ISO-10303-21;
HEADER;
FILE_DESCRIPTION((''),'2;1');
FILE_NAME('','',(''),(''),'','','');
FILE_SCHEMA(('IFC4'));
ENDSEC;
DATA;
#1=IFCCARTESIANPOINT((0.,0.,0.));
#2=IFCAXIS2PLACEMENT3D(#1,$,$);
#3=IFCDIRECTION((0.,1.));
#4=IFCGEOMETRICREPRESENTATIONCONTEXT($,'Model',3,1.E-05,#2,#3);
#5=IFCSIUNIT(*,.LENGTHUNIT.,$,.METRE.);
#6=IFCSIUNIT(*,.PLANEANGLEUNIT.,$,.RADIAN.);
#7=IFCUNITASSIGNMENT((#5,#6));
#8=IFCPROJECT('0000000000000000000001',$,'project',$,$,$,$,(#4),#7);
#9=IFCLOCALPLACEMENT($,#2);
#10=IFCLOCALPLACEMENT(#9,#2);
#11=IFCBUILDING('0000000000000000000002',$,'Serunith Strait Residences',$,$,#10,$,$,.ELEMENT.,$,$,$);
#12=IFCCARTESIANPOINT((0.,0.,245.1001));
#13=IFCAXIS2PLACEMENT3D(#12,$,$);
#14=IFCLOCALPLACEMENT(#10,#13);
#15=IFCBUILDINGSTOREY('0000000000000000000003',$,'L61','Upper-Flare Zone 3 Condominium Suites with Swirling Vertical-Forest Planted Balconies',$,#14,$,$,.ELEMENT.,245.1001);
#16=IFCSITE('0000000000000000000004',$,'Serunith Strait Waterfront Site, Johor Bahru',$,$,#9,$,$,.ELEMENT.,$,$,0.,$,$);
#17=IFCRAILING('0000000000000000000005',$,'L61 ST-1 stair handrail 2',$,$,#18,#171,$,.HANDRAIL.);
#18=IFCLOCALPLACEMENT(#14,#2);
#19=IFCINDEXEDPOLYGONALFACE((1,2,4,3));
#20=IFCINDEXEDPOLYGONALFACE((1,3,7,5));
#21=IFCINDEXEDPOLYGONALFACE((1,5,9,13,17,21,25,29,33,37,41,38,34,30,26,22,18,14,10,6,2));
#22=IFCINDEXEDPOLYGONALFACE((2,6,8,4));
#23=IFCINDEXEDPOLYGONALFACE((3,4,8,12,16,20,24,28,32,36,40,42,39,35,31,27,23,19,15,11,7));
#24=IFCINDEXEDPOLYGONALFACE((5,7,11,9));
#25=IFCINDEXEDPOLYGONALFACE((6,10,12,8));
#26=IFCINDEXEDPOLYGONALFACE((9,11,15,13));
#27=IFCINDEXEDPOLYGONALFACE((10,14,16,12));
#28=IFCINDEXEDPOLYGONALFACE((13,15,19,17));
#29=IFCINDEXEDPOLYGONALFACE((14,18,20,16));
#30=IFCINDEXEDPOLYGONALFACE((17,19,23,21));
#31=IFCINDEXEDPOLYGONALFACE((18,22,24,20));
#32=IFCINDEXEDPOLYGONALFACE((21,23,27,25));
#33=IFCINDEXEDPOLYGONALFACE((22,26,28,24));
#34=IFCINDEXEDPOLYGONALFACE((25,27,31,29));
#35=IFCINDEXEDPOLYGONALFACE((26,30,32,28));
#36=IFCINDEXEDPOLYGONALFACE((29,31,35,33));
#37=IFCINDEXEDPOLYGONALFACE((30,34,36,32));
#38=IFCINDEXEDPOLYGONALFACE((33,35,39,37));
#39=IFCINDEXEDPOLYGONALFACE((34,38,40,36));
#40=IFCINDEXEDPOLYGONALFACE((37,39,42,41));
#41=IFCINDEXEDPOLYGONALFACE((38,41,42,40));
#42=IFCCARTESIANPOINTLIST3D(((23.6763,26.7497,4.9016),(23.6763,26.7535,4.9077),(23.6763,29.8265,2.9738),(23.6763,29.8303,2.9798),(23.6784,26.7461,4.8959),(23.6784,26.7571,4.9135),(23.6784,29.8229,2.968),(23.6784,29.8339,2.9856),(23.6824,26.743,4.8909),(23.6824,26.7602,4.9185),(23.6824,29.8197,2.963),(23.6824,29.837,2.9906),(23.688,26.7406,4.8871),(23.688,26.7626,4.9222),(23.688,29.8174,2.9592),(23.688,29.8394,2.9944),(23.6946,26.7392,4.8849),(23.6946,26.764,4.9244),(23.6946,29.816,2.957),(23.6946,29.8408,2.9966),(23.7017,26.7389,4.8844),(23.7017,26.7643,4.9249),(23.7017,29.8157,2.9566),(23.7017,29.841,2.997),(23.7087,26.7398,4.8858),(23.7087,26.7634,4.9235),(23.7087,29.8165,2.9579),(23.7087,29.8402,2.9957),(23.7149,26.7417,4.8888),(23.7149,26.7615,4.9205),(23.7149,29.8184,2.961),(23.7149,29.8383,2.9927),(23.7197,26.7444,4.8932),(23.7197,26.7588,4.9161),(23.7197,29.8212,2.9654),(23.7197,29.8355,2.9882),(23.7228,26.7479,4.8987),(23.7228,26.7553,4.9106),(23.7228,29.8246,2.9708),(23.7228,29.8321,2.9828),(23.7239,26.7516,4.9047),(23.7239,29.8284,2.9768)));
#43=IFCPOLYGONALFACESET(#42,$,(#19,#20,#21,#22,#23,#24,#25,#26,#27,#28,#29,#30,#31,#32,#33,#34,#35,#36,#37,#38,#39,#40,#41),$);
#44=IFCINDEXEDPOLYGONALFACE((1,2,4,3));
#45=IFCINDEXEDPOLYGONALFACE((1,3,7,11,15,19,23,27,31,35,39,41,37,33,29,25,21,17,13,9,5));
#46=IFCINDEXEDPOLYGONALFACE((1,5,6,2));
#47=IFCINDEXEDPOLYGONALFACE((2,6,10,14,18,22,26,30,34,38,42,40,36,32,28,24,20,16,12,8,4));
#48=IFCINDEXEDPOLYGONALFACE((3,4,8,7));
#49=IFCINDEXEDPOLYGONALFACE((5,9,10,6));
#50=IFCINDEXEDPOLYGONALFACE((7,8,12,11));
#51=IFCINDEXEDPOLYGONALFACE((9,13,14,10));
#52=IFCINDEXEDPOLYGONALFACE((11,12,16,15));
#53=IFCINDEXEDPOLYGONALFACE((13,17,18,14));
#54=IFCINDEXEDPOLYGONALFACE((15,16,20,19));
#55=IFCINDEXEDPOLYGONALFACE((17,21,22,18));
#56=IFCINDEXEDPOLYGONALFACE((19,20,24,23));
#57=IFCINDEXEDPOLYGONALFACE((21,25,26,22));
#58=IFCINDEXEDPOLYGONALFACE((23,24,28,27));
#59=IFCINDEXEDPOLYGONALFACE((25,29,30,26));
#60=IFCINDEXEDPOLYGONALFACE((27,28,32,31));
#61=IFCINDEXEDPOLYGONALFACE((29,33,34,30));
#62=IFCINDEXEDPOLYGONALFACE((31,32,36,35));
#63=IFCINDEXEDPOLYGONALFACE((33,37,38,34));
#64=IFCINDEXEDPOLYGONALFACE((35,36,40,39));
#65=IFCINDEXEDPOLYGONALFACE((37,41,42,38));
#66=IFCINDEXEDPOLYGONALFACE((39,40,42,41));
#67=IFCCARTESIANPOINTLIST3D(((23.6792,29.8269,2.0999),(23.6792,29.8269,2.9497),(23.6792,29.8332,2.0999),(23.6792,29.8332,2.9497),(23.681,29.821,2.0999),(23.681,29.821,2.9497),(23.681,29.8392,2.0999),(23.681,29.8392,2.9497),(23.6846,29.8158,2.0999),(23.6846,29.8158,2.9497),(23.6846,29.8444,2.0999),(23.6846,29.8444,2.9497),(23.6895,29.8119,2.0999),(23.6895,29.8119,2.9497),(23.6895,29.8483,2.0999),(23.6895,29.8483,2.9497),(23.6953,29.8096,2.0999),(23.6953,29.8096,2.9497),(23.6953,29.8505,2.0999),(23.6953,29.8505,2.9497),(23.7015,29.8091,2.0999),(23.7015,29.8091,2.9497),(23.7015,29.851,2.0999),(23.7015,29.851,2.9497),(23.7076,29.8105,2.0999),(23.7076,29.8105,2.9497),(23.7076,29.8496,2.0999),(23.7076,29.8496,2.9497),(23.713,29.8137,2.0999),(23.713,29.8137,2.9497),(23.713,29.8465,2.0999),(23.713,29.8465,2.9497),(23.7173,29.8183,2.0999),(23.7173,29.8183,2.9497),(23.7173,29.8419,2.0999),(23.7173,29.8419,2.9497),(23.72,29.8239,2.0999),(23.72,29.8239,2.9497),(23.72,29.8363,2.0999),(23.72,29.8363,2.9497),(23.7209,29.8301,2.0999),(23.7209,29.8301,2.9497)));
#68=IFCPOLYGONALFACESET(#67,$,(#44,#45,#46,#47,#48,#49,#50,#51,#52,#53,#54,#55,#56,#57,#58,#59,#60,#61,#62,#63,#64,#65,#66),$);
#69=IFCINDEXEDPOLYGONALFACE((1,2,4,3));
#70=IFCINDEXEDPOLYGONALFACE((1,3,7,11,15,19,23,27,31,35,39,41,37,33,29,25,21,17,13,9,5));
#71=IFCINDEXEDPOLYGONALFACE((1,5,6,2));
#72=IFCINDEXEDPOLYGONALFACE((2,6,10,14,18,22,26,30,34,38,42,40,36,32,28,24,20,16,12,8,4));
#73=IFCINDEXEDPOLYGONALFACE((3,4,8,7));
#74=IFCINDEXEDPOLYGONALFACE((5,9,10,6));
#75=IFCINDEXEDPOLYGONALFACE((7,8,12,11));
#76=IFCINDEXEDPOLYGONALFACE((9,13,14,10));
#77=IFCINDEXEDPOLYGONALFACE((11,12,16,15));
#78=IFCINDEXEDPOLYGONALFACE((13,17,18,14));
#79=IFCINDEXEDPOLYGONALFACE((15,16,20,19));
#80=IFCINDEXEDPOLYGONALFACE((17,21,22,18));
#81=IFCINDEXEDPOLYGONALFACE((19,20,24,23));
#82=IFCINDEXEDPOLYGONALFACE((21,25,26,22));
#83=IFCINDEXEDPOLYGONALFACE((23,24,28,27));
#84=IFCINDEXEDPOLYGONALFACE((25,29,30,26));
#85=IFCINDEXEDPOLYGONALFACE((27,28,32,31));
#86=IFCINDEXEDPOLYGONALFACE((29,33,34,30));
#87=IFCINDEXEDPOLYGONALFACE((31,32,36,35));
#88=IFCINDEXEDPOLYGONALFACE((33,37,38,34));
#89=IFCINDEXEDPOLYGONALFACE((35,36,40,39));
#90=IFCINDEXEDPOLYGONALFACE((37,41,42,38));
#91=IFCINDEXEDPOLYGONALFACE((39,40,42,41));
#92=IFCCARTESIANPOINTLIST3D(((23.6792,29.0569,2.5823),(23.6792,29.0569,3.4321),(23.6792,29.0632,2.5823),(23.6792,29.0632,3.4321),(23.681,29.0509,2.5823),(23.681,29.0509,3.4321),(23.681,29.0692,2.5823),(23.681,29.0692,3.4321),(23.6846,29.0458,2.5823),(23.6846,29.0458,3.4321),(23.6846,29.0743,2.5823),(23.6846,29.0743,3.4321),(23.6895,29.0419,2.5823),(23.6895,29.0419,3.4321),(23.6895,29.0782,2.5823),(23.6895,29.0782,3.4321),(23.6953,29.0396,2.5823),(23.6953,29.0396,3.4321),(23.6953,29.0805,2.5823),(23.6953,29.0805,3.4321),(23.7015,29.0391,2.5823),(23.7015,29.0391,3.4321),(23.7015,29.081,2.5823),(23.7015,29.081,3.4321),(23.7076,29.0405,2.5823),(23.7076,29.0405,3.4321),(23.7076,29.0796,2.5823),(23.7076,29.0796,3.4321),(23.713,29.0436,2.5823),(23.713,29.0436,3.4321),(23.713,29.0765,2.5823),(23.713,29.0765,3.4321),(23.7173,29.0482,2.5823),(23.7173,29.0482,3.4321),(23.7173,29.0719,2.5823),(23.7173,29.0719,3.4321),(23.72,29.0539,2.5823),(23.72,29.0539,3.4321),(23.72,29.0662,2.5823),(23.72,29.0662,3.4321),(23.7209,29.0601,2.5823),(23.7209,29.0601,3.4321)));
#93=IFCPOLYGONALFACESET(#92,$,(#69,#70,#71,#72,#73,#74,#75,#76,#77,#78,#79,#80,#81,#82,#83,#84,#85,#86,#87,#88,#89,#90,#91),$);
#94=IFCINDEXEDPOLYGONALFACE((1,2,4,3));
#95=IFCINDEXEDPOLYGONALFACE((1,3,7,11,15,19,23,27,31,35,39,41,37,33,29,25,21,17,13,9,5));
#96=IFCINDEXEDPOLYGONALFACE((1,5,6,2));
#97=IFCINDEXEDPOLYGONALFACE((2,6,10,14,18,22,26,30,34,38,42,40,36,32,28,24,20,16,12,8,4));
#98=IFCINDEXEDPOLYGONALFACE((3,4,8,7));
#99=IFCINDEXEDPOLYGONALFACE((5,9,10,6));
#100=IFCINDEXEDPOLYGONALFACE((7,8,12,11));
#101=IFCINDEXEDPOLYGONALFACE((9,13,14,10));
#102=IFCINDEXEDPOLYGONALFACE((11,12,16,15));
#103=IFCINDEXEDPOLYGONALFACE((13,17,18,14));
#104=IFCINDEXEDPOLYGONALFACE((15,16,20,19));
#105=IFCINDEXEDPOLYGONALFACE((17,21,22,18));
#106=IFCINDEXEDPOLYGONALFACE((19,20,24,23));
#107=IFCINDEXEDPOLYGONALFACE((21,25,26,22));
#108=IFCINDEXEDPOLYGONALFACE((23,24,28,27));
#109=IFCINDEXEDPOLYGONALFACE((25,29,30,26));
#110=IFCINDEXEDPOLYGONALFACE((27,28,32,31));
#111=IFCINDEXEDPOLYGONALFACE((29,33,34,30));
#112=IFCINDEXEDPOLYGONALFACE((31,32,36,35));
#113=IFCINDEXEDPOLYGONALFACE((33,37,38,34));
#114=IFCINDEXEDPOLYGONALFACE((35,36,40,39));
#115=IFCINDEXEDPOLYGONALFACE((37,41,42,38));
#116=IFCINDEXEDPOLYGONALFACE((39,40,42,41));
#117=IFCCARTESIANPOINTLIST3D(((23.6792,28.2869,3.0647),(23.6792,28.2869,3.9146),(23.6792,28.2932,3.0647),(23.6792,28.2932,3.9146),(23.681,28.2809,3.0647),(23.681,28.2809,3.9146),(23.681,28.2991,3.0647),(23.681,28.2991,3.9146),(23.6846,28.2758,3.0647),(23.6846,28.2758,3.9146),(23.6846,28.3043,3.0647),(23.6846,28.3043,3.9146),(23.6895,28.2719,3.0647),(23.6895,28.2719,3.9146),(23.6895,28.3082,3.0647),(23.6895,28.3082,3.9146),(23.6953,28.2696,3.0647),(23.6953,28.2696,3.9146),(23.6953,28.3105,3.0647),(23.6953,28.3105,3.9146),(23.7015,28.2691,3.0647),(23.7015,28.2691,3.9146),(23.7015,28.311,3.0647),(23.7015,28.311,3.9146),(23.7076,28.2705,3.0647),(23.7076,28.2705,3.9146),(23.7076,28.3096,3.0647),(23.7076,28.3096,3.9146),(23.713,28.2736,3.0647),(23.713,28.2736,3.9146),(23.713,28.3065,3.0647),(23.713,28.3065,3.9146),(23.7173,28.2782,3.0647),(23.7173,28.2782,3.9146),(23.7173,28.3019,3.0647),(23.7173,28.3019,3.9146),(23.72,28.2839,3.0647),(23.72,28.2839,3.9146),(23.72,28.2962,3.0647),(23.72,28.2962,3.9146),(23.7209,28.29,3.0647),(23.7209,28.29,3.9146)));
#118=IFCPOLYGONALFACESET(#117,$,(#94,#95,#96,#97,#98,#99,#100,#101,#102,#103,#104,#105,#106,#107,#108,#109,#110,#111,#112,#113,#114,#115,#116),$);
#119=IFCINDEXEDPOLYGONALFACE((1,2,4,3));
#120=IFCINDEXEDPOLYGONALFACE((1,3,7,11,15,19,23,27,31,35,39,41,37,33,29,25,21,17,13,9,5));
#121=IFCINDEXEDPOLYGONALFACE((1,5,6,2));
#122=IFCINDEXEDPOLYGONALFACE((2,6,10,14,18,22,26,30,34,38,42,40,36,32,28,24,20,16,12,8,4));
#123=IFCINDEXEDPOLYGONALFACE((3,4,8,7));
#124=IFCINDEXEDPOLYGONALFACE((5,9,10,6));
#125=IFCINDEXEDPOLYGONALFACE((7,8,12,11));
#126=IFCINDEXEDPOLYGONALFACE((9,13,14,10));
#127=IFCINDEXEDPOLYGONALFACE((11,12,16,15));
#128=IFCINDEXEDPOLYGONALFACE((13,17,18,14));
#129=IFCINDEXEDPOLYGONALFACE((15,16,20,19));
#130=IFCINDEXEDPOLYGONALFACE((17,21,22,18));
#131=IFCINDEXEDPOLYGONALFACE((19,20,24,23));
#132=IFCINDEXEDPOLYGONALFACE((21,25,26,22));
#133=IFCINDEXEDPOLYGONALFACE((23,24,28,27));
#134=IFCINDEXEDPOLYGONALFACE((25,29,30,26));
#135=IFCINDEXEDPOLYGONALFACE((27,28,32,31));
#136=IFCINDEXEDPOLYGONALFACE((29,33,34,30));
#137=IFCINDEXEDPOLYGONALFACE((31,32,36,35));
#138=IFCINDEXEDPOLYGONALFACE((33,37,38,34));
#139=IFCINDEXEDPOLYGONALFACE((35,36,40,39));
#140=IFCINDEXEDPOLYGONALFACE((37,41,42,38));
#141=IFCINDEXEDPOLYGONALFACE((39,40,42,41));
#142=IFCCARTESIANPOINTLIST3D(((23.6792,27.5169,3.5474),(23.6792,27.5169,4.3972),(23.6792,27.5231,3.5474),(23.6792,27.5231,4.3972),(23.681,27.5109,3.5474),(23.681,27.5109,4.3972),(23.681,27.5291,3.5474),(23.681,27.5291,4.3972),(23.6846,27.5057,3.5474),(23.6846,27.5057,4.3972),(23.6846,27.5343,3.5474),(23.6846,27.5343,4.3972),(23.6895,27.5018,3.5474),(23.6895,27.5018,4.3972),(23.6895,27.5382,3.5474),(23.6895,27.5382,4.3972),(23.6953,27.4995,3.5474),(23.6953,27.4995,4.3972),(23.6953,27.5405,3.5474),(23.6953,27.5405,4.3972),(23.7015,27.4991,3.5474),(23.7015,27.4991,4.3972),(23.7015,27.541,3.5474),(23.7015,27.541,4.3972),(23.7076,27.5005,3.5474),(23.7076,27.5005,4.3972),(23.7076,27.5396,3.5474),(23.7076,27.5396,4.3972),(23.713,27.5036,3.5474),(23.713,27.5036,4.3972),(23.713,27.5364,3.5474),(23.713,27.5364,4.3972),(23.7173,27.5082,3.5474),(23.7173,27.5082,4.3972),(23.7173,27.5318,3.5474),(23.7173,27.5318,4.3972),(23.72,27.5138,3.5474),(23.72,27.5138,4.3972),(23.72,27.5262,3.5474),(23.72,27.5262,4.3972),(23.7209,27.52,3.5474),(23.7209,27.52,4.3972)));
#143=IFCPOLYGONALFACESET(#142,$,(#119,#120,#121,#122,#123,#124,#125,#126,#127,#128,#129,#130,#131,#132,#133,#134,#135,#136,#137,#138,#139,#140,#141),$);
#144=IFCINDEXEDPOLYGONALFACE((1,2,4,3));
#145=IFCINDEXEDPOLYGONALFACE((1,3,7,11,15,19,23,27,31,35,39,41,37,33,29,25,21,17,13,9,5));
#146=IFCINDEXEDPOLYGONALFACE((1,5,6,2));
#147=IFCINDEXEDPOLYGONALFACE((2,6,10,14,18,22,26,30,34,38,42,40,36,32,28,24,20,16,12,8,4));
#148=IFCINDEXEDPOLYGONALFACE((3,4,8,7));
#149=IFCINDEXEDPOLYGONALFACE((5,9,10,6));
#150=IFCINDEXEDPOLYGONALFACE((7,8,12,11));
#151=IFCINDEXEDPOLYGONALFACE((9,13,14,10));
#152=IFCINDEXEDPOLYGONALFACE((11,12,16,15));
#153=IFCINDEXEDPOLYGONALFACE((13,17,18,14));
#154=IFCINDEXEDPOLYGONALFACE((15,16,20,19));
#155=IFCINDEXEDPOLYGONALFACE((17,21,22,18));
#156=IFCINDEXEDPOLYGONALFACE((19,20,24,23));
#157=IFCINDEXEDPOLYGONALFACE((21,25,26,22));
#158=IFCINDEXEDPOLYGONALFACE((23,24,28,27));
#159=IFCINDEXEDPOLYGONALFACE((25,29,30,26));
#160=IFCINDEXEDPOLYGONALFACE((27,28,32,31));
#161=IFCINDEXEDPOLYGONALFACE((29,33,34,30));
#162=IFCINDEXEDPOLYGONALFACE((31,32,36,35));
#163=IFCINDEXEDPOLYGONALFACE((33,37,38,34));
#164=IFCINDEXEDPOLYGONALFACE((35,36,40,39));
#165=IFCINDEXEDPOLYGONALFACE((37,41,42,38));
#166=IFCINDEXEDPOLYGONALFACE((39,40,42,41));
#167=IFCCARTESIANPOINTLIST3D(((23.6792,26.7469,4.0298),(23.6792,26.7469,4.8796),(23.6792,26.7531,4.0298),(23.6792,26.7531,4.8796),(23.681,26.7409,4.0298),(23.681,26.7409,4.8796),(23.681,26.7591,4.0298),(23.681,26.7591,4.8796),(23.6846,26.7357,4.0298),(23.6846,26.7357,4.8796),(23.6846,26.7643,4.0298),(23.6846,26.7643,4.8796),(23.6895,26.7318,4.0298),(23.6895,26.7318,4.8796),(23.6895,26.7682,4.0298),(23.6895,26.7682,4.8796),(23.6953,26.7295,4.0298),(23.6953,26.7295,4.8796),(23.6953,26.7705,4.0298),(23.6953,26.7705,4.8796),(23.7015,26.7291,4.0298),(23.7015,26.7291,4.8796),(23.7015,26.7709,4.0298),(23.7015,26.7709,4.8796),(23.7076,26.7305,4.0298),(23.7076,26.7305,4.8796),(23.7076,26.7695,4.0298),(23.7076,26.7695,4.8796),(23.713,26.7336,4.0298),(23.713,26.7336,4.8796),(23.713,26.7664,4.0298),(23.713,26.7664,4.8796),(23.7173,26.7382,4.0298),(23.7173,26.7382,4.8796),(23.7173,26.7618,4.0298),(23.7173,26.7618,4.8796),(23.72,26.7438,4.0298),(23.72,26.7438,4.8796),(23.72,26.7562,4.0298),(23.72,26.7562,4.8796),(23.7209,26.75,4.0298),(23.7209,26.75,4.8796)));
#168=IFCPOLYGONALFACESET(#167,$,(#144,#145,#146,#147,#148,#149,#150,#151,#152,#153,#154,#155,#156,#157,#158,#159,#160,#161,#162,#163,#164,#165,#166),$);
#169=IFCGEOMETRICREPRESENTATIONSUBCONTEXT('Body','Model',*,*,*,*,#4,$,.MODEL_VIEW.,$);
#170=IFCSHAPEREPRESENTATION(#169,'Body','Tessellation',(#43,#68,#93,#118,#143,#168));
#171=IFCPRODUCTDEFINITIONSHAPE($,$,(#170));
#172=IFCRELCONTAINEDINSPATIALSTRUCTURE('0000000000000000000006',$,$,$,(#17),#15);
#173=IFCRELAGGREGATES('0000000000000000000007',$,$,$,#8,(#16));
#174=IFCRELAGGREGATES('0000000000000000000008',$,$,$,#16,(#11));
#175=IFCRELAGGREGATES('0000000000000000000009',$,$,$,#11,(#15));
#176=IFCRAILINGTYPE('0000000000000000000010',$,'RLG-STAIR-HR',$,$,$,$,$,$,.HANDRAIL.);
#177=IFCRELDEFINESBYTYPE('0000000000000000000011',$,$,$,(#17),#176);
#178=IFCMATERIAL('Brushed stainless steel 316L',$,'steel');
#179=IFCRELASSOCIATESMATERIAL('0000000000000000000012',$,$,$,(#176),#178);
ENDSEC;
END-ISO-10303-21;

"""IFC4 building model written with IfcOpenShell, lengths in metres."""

from ifc_helpers import new_model, si_unit, direction, frame, origin, origin_2d, place, context, subcontext, project, spatial, circle, extrude, material, type_object, element, save


model = new_model("IFC4")

# Units and contexts
model_context = context("Model", 3, precision=1e-05, world=origin(), true_north=direction((0.0, 1.0)))
body_context = subcontext(model_context, "Body", "Model", "MODEL_VIEW")
ifc_project = project(units=[si_unit("LENGTHUNIT", "METRE"), si_unit("PLANEANGLEUNIT", "RADIAN")], contexts=[model_context])

# Site, building, storey
site_placement = place(None, origin())
site = spatial("IfcSite", under=ifc_project, at=site_placement, Name="Serunith Strait Waterfront Site, Johor Bahru", CompositionType="ELEMENT", RefElevation=0.0)
building_placement = place(site_placement, origin())
building = spatial("IfcBuilding", under=site, at=building_placement, Name="Serunith Strait Residences", CompositionType="ELEMENT")
storey_placement = place(building_placement, frame((0.0, 0.0, 245.1001)))
storey = spatial("IfcBuildingStorey", under=building, at=storey_placement, Name="L61", Description="Upper-Flare Zone 3 Condominium Suites with Swirling Vertical-Forest Planted Balconies", CompositionType="ELEMENT", Elevation=245.1001)

# Railing
ifc_material_1 = material(Name="Brushed stainless steel 316L", Category="steel")
railing_type_1 = type_object("IfcRailingType", Name="RLG-STAIR-HR", PredefinedType="HANDRAIL", material=ifc_material_1)
railing_1_placement = place(storey_placement, frame((23.7, 29.8301, 2.0999)))
element("IfcRailing", 1, at=railing_1_placement, inside=storey, type_object=railing_type_1, Name="L61 ST-1 stair handrail 2", PredefinedType="HANDRAIL", context=body_context, shape_type="SweptSolid", body=[
    extrude(circle(Radius=0.0239, at=origin_2d()), frame((0.0, -0.0017, 0.877), z_axis=(0.0, -0.847394, 0.530965), x_axis=(1.0, 0.0, 0.0)), (0.0, 0.0, 1.0), 3.6309),
    extrude(circle(Radius=0.021, at=origin_2d()), origin(), (0.0, 0.0, 1.0), 0.8499),
    extrude(circle(Radius=0.021, at=origin_2d()), frame((0.0, -0.77, 0.4824)), (0.0, 0.0, 1.0), 0.8499),
    extrude(circle(Radius=0.021, at=origin_2d()), frame((0.0, -1.54, 0.9648)), (0.0, 0.0, 1.0), 0.8499),
    extrude(circle(Radius=0.021, at=origin_2d()), frame((0.0, -2.3101, 1.4475)), (0.0, 0.0, 1.0), 0.8499),
    extrude(circle(Radius=0.021, at=origin_2d()), frame((0.0, -3.0801, 1.9299)), (0.0, 0.0, 1.0), 0.8499),
])

save(model, "model.ifc")
